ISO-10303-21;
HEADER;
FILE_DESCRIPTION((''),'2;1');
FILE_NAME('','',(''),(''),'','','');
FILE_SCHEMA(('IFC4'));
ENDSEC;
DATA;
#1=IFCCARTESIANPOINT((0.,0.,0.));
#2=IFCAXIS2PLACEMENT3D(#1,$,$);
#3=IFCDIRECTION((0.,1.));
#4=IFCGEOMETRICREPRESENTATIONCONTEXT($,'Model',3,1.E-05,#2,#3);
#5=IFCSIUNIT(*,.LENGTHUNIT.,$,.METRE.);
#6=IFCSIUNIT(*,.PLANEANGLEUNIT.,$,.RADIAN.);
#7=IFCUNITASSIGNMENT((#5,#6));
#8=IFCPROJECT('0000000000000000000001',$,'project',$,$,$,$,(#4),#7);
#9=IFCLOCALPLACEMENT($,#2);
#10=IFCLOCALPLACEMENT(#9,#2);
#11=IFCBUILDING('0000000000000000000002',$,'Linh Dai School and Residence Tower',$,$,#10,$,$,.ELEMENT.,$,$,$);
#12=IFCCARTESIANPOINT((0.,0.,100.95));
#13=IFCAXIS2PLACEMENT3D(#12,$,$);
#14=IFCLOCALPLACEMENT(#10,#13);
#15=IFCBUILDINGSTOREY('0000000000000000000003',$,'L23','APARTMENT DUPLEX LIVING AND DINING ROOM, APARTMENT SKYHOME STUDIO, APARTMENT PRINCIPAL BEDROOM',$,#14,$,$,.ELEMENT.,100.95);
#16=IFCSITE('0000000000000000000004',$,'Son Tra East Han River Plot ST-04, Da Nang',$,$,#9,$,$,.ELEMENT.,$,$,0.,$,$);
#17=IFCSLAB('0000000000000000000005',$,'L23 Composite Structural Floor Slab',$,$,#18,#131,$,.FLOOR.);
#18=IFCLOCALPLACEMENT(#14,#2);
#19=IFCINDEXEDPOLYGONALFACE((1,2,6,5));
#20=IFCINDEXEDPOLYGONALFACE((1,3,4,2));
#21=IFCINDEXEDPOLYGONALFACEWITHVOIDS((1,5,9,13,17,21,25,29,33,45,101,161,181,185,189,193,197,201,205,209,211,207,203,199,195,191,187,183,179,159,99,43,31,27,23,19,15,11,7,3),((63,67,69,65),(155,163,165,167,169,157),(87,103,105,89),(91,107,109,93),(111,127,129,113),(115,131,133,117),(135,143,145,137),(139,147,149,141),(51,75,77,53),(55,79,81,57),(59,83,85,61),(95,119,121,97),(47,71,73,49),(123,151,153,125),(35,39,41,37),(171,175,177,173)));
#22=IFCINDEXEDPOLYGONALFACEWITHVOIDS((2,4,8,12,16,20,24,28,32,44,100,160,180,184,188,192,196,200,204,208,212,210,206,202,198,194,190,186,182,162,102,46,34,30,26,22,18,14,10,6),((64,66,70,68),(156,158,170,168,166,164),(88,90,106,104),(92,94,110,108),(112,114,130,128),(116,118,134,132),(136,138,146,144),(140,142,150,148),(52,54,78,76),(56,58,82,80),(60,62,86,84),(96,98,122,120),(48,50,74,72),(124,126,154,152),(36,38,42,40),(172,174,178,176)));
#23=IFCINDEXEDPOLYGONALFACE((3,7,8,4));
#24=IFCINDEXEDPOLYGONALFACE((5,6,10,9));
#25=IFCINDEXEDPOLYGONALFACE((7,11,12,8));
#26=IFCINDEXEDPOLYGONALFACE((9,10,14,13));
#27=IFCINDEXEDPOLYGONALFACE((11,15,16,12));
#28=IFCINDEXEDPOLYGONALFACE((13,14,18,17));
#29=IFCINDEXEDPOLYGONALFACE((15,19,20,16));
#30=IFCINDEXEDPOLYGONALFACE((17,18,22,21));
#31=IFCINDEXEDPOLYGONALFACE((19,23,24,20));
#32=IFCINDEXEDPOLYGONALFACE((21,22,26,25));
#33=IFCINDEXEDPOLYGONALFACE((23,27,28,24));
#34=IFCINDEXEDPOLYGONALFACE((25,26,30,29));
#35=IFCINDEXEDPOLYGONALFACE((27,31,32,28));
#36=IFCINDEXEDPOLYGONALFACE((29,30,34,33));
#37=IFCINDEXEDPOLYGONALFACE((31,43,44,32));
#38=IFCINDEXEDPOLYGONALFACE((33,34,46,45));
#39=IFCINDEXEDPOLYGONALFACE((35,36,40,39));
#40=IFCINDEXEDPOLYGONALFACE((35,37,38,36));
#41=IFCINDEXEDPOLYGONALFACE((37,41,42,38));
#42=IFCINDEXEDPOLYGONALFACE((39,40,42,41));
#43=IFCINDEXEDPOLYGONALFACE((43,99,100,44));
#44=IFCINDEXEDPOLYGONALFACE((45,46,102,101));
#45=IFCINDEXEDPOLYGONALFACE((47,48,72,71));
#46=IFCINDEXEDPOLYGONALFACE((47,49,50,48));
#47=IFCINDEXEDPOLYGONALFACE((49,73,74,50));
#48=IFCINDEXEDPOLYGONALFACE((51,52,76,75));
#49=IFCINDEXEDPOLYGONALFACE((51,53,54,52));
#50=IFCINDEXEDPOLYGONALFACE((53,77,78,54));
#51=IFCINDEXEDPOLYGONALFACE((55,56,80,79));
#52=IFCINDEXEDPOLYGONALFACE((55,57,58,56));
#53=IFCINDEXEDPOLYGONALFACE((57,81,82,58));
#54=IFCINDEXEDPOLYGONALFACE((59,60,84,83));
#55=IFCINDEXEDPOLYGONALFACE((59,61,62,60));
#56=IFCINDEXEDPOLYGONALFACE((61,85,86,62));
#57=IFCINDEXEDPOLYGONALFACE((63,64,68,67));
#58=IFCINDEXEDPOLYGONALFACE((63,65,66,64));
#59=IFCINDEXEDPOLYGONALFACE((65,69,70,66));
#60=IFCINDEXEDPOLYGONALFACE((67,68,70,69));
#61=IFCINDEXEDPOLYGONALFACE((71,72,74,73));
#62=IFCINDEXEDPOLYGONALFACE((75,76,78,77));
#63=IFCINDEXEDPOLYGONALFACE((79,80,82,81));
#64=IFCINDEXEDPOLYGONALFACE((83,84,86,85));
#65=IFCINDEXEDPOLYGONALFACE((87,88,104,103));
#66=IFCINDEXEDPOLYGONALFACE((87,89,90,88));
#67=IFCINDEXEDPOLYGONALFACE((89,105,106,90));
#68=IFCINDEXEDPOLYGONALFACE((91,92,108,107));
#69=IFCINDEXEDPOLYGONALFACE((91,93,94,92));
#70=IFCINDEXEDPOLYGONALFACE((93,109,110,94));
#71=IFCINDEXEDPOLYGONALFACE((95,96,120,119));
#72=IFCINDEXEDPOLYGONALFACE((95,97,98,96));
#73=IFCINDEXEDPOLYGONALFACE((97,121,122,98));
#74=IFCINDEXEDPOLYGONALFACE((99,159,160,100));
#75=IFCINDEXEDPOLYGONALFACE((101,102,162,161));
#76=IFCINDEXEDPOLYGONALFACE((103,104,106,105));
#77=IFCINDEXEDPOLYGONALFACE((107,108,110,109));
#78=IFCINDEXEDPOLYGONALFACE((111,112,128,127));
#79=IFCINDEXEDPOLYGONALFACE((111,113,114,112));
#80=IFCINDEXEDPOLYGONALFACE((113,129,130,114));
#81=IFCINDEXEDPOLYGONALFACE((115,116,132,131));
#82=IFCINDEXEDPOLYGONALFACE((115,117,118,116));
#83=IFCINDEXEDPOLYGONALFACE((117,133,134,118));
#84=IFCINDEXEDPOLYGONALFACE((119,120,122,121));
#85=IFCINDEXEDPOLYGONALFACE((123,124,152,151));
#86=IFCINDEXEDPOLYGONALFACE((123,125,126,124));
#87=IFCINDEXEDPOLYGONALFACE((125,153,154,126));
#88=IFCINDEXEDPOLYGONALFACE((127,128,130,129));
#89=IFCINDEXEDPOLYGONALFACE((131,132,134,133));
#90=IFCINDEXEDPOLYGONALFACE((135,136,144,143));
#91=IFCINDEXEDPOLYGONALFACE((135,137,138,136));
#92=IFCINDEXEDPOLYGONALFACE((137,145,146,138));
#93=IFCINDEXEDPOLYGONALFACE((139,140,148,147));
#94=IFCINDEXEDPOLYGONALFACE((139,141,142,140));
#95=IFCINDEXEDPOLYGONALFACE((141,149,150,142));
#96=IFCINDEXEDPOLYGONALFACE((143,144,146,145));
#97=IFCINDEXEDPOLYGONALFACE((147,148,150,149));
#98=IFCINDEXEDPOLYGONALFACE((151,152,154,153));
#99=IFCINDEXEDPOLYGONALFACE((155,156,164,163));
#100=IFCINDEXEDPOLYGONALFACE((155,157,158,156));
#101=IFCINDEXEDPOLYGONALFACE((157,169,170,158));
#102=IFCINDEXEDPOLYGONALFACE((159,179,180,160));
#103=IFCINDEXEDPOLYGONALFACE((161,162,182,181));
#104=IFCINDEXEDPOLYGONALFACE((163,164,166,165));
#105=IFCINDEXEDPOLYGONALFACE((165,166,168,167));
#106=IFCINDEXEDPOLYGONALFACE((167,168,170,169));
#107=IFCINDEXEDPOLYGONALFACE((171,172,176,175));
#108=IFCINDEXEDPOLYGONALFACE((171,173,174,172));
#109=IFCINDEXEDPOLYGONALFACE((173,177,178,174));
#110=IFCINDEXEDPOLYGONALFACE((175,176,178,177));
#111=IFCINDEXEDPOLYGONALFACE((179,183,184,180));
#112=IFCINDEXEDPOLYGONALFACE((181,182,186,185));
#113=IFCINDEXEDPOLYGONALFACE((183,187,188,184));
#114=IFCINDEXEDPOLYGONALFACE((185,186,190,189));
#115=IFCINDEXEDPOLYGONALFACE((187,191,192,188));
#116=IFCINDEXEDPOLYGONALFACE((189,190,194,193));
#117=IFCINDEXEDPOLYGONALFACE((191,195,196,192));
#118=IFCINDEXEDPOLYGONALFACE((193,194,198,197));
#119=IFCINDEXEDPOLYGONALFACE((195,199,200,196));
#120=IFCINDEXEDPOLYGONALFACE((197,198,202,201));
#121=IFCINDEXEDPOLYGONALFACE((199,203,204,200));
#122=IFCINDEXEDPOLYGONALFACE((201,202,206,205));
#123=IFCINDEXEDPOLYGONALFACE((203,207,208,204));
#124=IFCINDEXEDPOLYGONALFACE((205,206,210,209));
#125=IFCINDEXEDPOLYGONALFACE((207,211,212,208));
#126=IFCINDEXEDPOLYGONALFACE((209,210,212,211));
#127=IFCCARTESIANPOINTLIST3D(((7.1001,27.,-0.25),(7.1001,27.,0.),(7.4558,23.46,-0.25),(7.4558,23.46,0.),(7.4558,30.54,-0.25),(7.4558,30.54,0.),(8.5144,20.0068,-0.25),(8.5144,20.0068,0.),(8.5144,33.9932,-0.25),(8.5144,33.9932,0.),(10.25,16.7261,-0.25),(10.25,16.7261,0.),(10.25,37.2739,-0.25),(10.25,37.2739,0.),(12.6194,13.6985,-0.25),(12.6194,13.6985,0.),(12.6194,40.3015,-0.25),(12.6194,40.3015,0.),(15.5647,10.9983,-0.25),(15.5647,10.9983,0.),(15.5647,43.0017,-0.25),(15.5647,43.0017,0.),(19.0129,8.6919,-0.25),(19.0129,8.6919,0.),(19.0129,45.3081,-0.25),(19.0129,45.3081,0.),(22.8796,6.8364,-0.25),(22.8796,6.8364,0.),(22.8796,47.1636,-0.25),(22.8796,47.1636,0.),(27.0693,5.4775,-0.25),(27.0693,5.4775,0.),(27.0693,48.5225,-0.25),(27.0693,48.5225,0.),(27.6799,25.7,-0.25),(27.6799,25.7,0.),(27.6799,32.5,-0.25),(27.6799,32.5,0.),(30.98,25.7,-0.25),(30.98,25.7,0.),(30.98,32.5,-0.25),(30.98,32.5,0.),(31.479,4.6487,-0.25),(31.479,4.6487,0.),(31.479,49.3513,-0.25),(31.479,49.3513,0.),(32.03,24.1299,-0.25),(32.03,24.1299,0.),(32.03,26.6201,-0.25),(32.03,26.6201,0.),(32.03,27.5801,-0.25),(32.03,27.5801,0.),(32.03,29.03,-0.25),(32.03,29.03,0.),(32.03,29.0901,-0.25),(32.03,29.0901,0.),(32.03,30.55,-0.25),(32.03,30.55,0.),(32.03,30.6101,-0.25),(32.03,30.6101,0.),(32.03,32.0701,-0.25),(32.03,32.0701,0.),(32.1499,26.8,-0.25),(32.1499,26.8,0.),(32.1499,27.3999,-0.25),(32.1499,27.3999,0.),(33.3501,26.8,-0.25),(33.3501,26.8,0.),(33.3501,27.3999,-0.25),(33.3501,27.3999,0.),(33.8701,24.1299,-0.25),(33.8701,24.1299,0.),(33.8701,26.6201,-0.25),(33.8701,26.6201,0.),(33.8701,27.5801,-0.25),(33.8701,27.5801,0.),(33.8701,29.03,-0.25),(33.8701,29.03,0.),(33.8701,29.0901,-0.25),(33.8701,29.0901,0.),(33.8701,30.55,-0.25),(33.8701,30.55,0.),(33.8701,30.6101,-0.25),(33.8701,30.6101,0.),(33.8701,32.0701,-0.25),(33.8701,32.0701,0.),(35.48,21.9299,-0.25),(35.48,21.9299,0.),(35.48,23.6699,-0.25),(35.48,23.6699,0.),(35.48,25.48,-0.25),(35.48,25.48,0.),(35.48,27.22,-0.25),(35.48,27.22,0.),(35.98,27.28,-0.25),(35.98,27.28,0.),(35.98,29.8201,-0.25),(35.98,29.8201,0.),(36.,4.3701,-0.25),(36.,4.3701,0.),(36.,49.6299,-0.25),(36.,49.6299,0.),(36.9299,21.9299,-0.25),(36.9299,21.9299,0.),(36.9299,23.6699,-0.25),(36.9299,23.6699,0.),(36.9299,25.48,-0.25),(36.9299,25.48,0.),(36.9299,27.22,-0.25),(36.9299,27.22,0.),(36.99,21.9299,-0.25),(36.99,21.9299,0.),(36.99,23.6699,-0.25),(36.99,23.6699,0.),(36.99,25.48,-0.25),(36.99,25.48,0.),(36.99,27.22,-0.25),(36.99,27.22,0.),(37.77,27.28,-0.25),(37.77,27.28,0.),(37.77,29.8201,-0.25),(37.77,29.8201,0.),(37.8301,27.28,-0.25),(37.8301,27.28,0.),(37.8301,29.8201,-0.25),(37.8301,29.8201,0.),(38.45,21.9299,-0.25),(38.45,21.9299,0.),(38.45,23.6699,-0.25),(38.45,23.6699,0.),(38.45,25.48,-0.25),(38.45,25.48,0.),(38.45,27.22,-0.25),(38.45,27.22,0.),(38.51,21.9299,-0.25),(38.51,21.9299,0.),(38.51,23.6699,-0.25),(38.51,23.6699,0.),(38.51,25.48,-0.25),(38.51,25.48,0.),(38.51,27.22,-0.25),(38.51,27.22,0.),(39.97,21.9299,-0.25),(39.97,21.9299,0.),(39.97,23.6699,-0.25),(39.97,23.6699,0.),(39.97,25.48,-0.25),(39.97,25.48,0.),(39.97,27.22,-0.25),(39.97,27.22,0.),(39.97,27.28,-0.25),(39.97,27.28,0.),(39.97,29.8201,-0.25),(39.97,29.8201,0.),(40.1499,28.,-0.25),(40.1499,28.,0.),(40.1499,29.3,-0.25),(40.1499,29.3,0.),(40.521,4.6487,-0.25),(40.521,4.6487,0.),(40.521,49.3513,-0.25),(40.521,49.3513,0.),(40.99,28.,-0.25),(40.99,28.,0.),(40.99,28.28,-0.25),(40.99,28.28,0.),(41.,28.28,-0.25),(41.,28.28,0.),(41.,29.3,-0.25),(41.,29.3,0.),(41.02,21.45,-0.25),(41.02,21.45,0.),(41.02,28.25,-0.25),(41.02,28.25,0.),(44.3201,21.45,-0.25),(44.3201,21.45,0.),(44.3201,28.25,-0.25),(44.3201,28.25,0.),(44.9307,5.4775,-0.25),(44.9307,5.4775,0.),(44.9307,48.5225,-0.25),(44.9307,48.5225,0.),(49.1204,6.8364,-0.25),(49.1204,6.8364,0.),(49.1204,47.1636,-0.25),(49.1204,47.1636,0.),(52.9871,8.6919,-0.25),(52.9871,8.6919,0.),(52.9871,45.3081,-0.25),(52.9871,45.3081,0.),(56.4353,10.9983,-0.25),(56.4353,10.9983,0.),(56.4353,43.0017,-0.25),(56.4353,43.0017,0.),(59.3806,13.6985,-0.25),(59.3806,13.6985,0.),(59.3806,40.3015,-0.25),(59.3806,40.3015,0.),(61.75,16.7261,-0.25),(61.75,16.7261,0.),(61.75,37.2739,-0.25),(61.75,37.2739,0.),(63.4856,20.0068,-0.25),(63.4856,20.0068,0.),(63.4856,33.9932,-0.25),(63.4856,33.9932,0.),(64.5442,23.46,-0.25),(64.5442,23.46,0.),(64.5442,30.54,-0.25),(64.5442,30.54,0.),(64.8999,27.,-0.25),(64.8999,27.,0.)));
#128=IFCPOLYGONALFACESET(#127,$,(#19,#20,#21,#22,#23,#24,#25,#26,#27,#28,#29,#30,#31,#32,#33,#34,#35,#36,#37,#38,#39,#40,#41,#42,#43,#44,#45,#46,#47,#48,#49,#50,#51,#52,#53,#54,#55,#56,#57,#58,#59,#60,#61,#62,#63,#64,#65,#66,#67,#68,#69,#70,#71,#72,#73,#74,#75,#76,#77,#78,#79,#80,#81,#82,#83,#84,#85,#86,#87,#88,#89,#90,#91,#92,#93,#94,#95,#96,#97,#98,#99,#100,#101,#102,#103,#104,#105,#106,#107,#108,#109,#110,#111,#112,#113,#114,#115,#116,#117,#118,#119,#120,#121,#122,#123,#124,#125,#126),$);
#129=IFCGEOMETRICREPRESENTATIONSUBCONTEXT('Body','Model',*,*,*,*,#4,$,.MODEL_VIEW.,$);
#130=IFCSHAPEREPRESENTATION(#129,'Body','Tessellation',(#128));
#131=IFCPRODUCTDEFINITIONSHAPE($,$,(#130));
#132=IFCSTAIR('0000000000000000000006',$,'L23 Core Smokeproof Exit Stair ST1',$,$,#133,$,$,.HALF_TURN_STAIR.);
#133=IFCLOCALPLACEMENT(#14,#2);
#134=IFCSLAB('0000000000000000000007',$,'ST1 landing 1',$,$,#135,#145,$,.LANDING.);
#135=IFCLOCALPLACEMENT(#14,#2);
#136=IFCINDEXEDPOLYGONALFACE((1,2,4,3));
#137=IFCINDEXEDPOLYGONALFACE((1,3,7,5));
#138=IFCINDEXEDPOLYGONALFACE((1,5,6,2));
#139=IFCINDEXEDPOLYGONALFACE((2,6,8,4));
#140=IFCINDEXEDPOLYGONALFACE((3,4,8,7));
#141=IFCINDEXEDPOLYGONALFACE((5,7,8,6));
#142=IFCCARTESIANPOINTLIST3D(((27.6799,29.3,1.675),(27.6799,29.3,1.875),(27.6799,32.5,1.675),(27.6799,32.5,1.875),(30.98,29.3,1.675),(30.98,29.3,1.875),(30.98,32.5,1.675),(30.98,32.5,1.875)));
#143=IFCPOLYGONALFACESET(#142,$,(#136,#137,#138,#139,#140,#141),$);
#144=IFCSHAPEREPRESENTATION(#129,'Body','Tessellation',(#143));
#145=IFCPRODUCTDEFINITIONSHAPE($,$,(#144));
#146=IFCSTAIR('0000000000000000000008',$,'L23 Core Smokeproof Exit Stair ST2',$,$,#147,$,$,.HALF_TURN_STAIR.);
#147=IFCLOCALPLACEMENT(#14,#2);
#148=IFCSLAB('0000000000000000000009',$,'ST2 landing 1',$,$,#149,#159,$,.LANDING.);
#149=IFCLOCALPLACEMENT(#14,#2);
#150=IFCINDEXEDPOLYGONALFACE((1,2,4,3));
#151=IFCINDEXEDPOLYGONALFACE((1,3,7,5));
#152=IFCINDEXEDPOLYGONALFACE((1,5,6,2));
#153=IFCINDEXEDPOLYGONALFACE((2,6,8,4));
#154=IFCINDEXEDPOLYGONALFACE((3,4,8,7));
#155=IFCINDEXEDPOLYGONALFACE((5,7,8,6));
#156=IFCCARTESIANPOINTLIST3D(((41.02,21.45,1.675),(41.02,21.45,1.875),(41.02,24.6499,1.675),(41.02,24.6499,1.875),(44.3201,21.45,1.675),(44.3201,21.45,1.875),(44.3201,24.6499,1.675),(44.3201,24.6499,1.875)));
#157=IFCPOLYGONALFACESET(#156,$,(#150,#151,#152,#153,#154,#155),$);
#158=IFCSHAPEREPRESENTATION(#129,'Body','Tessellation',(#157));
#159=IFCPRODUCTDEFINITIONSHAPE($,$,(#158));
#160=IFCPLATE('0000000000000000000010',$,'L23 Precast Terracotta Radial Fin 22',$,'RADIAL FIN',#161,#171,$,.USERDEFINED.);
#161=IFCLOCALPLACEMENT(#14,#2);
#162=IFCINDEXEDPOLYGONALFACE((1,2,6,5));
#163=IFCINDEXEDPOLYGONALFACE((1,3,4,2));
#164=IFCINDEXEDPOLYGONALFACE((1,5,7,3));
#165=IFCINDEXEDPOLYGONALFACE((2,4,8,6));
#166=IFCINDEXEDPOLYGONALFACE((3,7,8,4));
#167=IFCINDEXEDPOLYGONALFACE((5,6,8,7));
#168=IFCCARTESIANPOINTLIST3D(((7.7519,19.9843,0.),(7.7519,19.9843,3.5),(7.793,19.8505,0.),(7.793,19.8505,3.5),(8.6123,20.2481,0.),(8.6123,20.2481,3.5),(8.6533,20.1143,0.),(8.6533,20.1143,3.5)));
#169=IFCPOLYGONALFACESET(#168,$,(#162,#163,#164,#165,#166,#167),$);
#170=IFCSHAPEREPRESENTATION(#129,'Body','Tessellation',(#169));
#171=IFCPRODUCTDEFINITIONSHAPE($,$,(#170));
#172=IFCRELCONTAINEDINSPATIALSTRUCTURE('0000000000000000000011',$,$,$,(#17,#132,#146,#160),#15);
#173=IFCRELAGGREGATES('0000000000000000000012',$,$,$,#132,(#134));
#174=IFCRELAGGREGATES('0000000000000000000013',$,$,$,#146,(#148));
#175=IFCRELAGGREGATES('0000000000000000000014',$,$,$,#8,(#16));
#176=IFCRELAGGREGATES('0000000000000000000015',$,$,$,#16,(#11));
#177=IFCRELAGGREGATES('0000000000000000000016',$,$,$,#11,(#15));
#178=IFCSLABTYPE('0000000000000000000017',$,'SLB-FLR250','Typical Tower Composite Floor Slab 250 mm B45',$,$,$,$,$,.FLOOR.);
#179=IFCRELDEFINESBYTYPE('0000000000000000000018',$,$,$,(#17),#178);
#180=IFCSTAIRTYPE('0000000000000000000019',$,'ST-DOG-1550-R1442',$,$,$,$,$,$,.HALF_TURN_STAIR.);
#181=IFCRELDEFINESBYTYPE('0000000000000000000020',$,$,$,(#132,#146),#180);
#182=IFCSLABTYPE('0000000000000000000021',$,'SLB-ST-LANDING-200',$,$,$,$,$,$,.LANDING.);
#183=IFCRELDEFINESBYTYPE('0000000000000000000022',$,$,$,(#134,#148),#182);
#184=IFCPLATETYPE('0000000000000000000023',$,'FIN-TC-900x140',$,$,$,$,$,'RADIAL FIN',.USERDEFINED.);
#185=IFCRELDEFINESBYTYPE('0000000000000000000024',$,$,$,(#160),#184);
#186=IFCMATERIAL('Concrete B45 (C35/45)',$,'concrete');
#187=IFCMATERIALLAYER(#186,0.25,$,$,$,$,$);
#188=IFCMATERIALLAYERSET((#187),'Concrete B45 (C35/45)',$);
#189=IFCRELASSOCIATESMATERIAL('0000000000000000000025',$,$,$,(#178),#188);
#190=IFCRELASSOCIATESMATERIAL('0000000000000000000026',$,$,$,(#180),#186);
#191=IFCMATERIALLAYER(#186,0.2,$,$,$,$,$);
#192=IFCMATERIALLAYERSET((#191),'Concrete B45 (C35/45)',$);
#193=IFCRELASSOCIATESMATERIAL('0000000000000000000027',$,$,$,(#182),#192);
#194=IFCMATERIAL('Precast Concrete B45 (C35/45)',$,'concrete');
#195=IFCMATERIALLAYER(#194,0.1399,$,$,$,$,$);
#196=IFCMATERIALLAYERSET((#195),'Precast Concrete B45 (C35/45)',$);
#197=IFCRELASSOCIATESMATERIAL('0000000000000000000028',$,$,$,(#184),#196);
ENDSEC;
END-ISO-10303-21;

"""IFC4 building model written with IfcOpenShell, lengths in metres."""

from ifc_helpers import new_model, si_unit, direction, frame, origin, origin_2d, place, context, subcontext, project, spatial, polyline, rectangle, outline, extrude, source, transform, mapped, material, layer, layer_set, type_object, element, aggregate, save


model = new_model("IFC4")

# Units and contexts
model_context = context("Model", 3, precision=1e-05, world=origin(), true_north=direction((0.0, 1.0)))
body_context = subcontext(model_context, "Body", "Model", "MODEL_VIEW")
ifc_project = project(units=[si_unit("LENGTHUNIT", "METRE"), si_unit("PLANEANGLEUNIT", "RADIAN")], contexts=[model_context])

# Site, building, storey
site_placement = place(None, origin())
site = spatial("IfcSite", under=ifc_project, at=site_placement, Name="Son Tra East Han River Plot ST-04, Da Nang", CompositionType="ELEMENT", RefElevation=0.0)
building_placement = place(site_placement, origin())
building = spatial("IfcBuilding", under=site, at=building_placement, Name="Linh Dai School and Residence Tower", CompositionType="ELEMENT")
storey_placement = place(building_placement, frame((0.0, 0.0, 100.95)))
storey = spatial("IfcBuildingStorey", under=building, at=storey_placement, Name="L23", Description="APARTMENT DUPLEX LIVING AND DINING ROOM, APARTMENT SKYHOME STUDIO, APARTMENT PRINCIPAL BEDROOM", CompositionType="ELEMENT", Elevation=100.95)

# Slab
ifc_material_1 = material(Name="Concrete B45 (C35/45)", Category="concrete")
ifc_layer_1 = layer(ifc_material_1, 0.25)
ifc_layer_set_1 = layer_set([ifc_layer_1], Name="Concrete B45 (C35/45)")
slab_type_1 = type_object("IfcSlabType", Name="SLB-FLR250", Description="Typical Tower Composite Floor Slab 250 mm B45", PredefinedType="FLOOR", material=ifc_layer_set_1)
slab_1_placement = place(storey_placement, frame((0.0, 0.0, -0.25)))
element("IfcSlab", 1, at=slab_1_placement, inside=storey, type_object=slab_type_1, Name="L23 Composite Structural Floor Slab", PredefinedType="FLOOR", context=body_context, shape_type="SweptSolid", body=[
    extrude(outline(polyline([(64.8999, 27.0), (64.5442, 30.54), (63.4856, 33.9932), (61.75, 37.2739), (59.3806, 40.3015), (56.4353, 43.0017), (52.9871, 45.3081), (49.1204, 47.1636), (44.9307, 48.5225), (40.521, 49.3513), (36.0, 49.6299), (31.479, 49.3513), (27.0693, 48.5225), (22.8796, 47.1636), (19.0129, 45.3081), (15.5647, 43.0017), (12.6194, 40.3015), (10.25, 37.2739), (8.5144, 33.9932), (7.4558, 30.54), (7.1001, 27.0), (7.4558, 23.46), (8.5144, 20.0068), (10.25, 16.7261), (12.6194, 13.6985), (15.5647, 10.9983), (19.0129, 8.6919), (22.8796, 6.8364), (27.0693, 5.4775), (31.479, 4.6487), (36.0, 4.3701), (40.521, 4.6487), (44.9307, 5.4775), (49.1204, 6.8364), (52.9871, 8.6919), (56.4353, 10.9983), (59.3806, 13.6985), (61.75, 16.7261), (63.4856, 20.0068), (64.5442, 23.46), (64.8999, 27.0)]), holes=[polyline([(30.98, 25.7), (30.98, 32.5), (27.6799, 32.5), (27.6799, 25.7), (30.98, 25.7)]), polyline([(41.02, 28.25), (41.02, 21.45), (44.3201, 21.45), (44.3201, 28.25), (41.02, 28.25)]), polyline([(35.98, 27.28), (37.77, 27.28), (37.77, 29.8201), (35.98, 29.8201), (35.98, 27.28)]), polyline([(32.03, 24.1299), (33.8701, 24.1299), (33.8701, 26.6201), (32.03, 26.6201), (32.03, 24.1299)]), polyline([(37.8301, 27.28), (39.97, 27.28), (39.97, 29.8201), (37.8301, 29.8201), (37.8301, 27.28)]), polyline([(35.48, 21.9299), (36.9299, 21.9299), (36.9299, 23.6699), (35.48, 23.6699), (35.48, 21.9299)]), polyline([(36.99, 21.9299), (38.45, 21.9299), (38.45, 23.6699), (36.99, 23.6699), (36.99, 21.9299)]), polyline([(38.51, 21.9299), (39.97, 21.9299), (39.97, 23.6699), (38.51, 23.6699), (38.51, 21.9299)]), polyline([(32.03, 27.5801), (33.8701, 27.5801), (33.8701, 29.03), (32.03, 29.03), (32.03, 27.5801)]), polyline([(32.03, 29.0901), (33.8701, 29.0901), (33.8701, 30.55), (32.03, 30.55), (32.03, 29.0901)]), polyline([(32.03, 30.6101), (33.8701, 30.6101), (33.8701, 32.0701), (32.03, 32.0701), (32.03, 30.6101)]), polyline([(35.48, 25.48), (36.9299, 25.48), (36.9299, 27.22), (35.48, 27.22), (35.48, 25.48)]), polyline([(36.99, 25.48), (38.45, 25.48), (38.45, 27.22), (36.99, 27.22), (36.99, 25.48)]), polyline([(38.51, 25.48), (39.97, 25.48), (39.97, 27.22), (38.51, 27.22), (38.51, 25.48)]), polyline([(40.1499, 28.0), (40.1499, 29.3), (41.0, 29.3), (41.0, 28.28), (40.99, 28.28), (40.99, 28.0), (40.1499, 28.0)]), polyline([(32.1499, 26.8), (33.3501, 26.8), (33.3501, 27.3999), (32.1499, 27.3999), (32.1499, 26.8)])]), origin(), (0.0, 0.0, 1.0), 0.25),
])

# Stairs, slabs
stair_type = type_object("IfcStairType", Name="ST-DOG-1550-R1442", PredefinedType="HALF_TURN_STAIR", material=ifc_material_1)
stair_1_placement = place(storey_placement, origin())
stair_1 = element("IfcStair", 2, at=stair_1_placement, inside=storey, type_object=stair_type, Name="L23 Core Smokeproof Exit Stair ST1", PredefinedType="HALF_TURN_STAIR")
ifc_layer_2 = layer(ifc_material_1, 0.2)
ifc_layer_set_2 = layer_set([ifc_layer_2], Name="Concrete B45 (C35/45)")
slab_type_2 = type_object("IfcSlabType", Name="SLB-ST-LANDING-200", PredefinedType="LANDING", material=ifc_layer_set_2)
slab_2_placement = place(storey_placement, frame((0.0, 0.0, 1.675)))
slab_2 = element("IfcSlab", 3, at=slab_2_placement, type_object=slab_type_2, Name="ST1 landing 1", PredefinedType="LANDING", context=body_context, shape_type="SweptSolid", body=[
    extrude(outline(polyline([(30.98, 29.3), (30.98, 32.5), (27.6799, 32.5), (27.6799, 29.3), (30.98, 29.3)])), origin(), (0.0, 0.0, 1.0), 0.2),
])
aggregate(stair_1, [slab_2])
stair_2_placement = place(storey_placement, origin())
stair_2 = element("IfcStair", 4, at=stair_2_placement, inside=storey, type_object=stair_type, Name="L23 Core Smokeproof Exit Stair ST2", PredefinedType="HALF_TURN_STAIR")
slab_3_placement = place(storey_placement, frame((0.0, 0.0, 1.675)))
slab_3 = element("IfcSlab", 5, at=slab_3_placement, type_object=slab_type_2, Name="ST2 landing 1", PredefinedType="LANDING", context=body_context, shape_type="SweptSolid", body=[
    extrude(outline(polyline([(41.02, 24.6499), (41.02, 21.45), (44.3201, 21.45), (44.3201, 24.6499), (41.02, 24.6499)])), origin(), (0.0, 0.0, 1.0), 0.2),
])
aggregate(stair_2, [slab_3])

# Plate
ifc_material_2 = material(Name="Precast Concrete B45 (C35/45)", Category="concrete")
ifc_layer_3 = layer(ifc_material_2, 0.1399)
ifc_layer_set_3 = layer_set([ifc_layer_3], Name="Precast Concrete B45 (C35/45)")
plate_type = type_object("IfcPlateType", Name="FIN-TC-900x140", ElementType="RADIAL FIN", PredefinedType="USERDEFINED", material=ifc_layer_set_3)
shared_shape_1 = source(origin(), body_context, "Body", "SweptSolid", [
    extrude(rectangle(XDim=0.8999, YDim=0.1399, at=origin_2d()), origin(), (0.0, 0.0, 1.0), 3.5),
])
plate_placement = place(storey_placement, frame((8.2026, 20.0493, 0.0), z_axis=(0.0, 0.0, 1.0), x_axis=(-0.956072, -0.293134, 0.0)))
element("IfcPlate", 6, at=plate_placement, inside=storey, type_object=plate_type, Name="L23 Precast Terracotta Radial Fin 22", ObjectType="RADIAL FIN", PredefinedType="USERDEFINED", context=body_context, shape_type="MappedRepresentation", body=[
    mapped(shared_shape_1, transform((0.0, 0.0, 0.0), x_axis=(1.0, 0.0, 0.0), y_axis=(0.0, 1.0, 0.0), z_axis=(0.0, 0.0, 1.0), scale=1.0)),
])

save(model, "model.ifc")
